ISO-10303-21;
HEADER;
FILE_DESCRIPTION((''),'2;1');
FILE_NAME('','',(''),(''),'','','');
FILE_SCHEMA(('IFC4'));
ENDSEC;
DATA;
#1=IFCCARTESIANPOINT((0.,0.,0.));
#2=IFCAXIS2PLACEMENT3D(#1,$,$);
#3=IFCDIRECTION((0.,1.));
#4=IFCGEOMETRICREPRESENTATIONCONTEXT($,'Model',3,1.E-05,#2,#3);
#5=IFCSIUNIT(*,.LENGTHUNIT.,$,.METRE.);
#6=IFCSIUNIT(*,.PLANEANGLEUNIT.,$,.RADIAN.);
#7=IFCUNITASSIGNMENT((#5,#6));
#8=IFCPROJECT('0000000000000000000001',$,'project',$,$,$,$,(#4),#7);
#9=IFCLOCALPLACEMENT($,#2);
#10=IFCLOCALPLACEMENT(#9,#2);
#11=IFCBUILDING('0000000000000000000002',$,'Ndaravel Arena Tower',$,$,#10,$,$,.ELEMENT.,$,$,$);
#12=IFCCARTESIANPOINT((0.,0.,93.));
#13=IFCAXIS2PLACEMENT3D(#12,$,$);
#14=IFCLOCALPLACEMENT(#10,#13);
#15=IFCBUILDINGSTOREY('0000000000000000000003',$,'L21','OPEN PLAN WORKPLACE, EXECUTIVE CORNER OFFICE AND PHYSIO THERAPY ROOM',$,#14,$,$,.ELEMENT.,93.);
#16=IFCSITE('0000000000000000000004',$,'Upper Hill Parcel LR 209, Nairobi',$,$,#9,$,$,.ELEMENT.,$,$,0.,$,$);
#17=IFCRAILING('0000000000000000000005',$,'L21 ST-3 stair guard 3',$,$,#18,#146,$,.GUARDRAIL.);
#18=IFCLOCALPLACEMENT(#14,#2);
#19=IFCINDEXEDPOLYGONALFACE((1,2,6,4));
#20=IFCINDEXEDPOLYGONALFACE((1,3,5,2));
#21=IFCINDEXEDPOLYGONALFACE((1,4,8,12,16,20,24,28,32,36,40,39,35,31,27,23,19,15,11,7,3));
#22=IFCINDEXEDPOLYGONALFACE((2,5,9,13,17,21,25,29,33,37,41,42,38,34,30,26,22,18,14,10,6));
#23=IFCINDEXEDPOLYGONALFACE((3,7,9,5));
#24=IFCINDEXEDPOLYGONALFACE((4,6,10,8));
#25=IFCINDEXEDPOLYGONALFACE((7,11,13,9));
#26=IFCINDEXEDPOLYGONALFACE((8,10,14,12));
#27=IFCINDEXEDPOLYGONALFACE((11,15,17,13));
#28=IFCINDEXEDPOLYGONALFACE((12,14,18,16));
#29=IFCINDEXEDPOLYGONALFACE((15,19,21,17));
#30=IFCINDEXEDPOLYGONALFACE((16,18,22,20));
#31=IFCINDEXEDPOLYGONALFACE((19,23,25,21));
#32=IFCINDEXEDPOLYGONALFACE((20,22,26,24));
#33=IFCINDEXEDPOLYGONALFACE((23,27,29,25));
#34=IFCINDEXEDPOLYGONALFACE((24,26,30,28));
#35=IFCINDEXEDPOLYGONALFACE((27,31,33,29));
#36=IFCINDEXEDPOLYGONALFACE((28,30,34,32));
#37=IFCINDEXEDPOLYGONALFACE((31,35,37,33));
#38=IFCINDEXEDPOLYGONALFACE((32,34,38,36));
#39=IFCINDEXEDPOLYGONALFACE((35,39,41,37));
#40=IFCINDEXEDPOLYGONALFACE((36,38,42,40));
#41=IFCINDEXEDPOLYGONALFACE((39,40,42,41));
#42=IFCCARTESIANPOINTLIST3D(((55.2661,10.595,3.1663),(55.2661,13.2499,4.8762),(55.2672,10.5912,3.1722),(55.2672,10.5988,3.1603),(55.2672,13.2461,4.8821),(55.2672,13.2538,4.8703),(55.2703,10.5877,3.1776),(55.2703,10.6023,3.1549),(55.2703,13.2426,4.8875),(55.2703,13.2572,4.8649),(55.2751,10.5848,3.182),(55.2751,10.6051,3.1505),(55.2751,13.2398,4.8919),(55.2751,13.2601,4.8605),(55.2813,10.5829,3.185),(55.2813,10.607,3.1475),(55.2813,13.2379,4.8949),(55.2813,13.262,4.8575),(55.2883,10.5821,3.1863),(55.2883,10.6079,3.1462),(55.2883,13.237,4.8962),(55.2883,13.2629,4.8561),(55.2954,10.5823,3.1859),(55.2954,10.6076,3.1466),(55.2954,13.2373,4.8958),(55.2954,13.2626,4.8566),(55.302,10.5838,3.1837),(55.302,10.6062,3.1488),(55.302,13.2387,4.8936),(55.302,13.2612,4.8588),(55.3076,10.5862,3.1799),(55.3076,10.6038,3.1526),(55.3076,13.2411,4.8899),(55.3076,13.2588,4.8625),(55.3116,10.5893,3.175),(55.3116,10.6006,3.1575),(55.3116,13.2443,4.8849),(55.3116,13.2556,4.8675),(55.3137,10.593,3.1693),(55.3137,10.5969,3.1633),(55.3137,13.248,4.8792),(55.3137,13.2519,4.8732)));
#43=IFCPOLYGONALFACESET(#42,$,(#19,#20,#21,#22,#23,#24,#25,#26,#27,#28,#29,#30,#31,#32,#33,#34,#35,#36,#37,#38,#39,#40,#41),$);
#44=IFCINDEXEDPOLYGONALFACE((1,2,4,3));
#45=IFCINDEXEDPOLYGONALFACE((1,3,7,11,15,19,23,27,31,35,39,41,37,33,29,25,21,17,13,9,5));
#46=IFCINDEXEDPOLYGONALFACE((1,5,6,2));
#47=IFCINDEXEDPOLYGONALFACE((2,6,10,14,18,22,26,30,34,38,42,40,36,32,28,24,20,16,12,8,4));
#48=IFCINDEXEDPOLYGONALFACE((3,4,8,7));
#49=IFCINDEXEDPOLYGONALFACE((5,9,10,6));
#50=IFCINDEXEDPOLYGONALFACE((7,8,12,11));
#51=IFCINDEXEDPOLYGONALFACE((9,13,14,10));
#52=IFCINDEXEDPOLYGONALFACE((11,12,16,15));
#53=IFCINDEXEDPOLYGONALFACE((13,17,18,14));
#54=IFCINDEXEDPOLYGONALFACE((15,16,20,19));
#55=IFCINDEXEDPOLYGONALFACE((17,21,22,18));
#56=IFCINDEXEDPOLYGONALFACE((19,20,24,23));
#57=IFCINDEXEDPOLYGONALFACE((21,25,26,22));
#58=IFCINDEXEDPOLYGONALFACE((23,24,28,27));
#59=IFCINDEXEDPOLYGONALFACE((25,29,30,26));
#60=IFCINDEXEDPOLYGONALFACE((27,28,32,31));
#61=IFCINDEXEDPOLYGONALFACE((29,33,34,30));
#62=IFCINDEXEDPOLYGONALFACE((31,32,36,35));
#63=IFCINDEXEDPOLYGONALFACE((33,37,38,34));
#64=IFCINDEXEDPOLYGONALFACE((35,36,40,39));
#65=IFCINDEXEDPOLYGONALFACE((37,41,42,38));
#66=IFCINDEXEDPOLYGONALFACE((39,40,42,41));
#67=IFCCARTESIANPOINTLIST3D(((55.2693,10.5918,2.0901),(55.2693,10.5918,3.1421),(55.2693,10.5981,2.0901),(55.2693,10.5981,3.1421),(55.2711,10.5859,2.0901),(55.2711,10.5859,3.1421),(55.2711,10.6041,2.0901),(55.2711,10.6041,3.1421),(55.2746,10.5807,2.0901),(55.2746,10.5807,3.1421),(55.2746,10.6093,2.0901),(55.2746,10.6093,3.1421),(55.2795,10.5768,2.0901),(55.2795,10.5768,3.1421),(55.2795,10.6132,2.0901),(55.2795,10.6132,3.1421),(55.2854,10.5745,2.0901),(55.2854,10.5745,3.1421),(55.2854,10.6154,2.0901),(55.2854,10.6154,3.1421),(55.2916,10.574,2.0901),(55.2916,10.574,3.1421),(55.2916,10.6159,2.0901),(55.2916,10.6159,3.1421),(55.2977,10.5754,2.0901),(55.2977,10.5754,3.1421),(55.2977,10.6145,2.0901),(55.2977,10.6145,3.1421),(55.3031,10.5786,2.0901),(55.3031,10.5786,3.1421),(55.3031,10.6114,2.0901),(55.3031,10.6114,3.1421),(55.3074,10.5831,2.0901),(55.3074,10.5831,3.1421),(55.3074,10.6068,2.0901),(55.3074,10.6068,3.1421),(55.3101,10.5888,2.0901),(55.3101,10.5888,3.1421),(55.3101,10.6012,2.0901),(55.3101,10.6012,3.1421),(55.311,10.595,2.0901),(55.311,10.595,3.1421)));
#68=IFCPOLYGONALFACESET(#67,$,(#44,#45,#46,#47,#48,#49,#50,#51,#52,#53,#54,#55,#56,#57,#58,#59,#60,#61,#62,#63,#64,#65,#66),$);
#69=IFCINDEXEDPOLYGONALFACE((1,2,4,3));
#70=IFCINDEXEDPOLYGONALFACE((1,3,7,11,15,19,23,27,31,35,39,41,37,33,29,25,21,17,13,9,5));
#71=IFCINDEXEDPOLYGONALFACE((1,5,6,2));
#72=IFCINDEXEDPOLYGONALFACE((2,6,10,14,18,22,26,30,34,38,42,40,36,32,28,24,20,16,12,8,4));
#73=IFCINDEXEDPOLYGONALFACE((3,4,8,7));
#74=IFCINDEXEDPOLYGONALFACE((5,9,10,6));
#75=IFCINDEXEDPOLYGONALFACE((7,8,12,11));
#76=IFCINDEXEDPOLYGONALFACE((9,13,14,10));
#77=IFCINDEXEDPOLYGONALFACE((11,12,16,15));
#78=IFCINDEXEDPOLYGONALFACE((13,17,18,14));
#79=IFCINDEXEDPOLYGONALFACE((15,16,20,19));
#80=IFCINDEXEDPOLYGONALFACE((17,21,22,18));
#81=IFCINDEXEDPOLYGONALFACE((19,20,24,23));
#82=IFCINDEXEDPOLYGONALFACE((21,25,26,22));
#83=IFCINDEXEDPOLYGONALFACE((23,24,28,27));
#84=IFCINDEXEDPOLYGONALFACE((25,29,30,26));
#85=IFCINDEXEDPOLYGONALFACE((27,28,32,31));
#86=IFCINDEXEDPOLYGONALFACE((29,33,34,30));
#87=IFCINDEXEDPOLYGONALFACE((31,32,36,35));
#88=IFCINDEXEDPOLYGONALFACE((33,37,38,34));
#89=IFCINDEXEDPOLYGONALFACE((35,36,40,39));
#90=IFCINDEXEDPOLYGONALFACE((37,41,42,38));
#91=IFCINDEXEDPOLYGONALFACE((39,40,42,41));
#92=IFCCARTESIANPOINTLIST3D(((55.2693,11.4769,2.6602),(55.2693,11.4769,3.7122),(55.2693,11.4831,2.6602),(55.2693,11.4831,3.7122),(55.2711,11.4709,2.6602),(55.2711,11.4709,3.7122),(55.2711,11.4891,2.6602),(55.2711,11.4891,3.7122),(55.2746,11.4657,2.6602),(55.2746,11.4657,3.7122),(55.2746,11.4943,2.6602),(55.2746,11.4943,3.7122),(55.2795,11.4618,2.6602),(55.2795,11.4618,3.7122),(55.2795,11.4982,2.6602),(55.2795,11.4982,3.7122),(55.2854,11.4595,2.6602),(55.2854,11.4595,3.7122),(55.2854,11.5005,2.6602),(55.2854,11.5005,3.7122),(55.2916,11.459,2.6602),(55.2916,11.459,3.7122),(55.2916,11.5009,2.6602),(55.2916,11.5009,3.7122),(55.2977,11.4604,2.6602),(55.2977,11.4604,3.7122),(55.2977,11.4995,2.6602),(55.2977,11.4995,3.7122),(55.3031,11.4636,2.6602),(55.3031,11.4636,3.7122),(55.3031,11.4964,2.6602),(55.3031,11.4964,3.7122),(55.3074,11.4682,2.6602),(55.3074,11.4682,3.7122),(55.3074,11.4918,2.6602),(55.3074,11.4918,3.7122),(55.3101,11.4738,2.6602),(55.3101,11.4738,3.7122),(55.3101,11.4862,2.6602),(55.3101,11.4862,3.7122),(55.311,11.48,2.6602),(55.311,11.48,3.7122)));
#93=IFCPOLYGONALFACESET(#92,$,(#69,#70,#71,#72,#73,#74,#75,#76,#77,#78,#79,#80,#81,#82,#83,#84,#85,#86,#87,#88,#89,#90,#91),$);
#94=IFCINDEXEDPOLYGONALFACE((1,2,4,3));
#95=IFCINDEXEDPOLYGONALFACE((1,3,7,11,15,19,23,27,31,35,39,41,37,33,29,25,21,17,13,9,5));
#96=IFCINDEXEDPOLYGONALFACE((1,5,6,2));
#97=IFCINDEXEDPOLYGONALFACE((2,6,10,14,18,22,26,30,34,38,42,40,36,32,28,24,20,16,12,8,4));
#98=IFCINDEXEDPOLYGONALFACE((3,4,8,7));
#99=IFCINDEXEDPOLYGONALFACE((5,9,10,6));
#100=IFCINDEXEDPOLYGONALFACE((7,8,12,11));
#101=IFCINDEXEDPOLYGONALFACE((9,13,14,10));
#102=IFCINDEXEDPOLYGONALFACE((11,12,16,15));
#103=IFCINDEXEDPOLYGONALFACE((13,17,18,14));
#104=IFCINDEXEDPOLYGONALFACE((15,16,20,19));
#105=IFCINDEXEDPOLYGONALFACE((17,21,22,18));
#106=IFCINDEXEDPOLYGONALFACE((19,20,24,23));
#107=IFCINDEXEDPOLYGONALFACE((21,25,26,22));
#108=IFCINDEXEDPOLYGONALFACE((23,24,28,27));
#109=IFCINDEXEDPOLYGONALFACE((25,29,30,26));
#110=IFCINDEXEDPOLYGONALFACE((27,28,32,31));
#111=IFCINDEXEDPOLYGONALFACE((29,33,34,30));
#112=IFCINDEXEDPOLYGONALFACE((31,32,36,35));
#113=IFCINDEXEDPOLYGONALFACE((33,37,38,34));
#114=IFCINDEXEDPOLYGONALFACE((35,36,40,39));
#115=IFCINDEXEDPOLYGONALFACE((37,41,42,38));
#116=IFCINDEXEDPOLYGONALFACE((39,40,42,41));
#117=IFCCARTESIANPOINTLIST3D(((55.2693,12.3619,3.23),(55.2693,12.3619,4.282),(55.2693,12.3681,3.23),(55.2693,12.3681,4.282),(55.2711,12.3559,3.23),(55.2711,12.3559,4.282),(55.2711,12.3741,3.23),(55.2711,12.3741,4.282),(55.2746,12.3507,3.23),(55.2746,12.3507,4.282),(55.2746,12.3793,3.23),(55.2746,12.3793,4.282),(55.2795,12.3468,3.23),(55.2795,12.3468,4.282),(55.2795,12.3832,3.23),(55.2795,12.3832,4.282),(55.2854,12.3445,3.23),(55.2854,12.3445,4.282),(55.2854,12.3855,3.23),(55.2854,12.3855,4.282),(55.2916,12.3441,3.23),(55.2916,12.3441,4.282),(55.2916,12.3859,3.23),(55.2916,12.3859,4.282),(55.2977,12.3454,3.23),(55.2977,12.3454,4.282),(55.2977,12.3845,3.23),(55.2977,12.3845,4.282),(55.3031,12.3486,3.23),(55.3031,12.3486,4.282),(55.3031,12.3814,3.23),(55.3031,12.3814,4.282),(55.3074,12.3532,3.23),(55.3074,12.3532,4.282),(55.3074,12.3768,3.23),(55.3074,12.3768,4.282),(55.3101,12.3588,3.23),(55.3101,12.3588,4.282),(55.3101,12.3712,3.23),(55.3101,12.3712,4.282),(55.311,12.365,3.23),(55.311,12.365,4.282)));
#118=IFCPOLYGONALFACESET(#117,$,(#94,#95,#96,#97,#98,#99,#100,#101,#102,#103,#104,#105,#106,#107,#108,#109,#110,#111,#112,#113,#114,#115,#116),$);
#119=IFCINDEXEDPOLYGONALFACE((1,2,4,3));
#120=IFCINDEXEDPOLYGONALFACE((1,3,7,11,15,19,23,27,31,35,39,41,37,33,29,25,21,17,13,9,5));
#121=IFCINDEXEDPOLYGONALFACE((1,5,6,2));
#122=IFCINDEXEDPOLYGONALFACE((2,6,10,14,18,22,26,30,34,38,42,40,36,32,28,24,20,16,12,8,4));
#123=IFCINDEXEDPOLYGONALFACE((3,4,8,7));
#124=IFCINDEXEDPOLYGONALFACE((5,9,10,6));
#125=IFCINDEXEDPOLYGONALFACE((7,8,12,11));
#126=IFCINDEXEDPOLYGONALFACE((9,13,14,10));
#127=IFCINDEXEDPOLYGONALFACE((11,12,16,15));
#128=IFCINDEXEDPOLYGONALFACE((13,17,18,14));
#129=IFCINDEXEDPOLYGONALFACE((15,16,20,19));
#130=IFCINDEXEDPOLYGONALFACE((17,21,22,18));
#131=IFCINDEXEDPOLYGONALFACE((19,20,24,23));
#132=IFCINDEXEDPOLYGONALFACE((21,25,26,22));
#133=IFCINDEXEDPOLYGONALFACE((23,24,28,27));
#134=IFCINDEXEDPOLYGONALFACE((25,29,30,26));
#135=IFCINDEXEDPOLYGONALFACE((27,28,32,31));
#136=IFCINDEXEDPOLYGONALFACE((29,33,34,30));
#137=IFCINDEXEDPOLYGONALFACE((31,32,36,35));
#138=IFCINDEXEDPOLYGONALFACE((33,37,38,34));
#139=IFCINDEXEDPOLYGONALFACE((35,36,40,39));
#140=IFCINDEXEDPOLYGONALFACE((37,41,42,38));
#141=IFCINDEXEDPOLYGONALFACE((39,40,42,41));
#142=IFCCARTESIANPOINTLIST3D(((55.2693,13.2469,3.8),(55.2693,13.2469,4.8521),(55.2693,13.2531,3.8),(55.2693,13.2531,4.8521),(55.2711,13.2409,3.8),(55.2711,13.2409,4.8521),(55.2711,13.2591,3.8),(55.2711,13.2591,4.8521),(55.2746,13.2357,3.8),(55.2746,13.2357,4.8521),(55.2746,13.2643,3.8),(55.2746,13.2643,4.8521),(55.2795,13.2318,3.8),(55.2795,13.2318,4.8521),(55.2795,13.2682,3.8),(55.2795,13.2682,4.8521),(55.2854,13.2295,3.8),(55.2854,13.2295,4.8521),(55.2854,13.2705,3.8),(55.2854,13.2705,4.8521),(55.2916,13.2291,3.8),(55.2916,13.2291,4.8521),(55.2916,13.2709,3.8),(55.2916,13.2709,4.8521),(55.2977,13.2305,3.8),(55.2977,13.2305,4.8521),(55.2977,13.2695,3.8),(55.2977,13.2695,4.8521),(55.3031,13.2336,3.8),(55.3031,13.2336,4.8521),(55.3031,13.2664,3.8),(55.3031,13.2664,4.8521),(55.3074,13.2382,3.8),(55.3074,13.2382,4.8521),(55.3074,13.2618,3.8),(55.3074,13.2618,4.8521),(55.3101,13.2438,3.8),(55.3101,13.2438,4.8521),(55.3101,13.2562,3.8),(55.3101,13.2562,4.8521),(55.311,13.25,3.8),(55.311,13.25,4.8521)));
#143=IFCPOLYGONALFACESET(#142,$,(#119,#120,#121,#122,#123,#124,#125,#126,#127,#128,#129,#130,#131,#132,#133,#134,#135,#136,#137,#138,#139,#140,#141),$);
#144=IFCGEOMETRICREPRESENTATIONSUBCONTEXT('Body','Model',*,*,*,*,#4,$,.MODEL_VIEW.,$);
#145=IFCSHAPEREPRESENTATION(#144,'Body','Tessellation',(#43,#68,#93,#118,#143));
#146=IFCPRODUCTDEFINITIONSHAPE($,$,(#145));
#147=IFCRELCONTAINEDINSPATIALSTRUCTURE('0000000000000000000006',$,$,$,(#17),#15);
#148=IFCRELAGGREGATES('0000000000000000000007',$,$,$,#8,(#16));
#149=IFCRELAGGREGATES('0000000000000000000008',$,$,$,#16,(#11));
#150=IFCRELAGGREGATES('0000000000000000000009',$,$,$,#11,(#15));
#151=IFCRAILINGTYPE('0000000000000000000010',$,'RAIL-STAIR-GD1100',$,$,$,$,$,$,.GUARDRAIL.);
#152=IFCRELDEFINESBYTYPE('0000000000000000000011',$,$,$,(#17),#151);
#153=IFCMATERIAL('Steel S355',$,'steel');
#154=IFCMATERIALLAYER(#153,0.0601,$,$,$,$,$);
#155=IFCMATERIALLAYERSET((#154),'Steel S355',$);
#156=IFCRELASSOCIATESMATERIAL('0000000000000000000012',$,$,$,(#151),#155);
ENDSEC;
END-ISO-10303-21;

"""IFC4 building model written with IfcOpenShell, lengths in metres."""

from ifc_helpers import new_model, si_unit, direction, frame, origin, origin_2d, place, context, subcontext, project, spatial, circle, extrude, material, layer, layer_set, type_object, element, save


model = new_model("IFC4")

# Units and contexts
model_context = context("Model", 3, precision=1e-05, world=origin(), true_north=direction((0.0, 1.0)))
body_context = subcontext(model_context, "Body", "Model", "MODEL_VIEW")
ifc_project = project(units=[si_unit("LENGTHUNIT", "METRE"), si_unit("PLANEANGLEUNIT", "RADIAN")], contexts=[model_context])

# Site, building, storey
site_placement = place(None, origin())
site = spatial("IfcSite", under=ifc_project, at=site_placement, Name="Upper Hill Parcel LR 209, Nairobi", CompositionType="ELEMENT", RefElevation=0.0)
building_placement = place(site_placement, origin())
building = spatial("IfcBuilding", under=site, at=building_placement, Name="Ndaravel Arena Tower", CompositionType="ELEMENT")
storey_placement = place(building_placement, frame((0.0, 0.0, 93.0)))
storey = spatial("IfcBuildingStorey", under=building, at=storey_placement, Name="L21", Description="OPEN PLAN WORKPLACE, EXECUTIVE CORNER OFFICE AND PHYSIO THERAPY ROOM", CompositionType="ELEMENT", Elevation=93.0)

# Railing
ifc_material_1 = material(Name="Steel S355", Category="steel")
ifc_layer_1 = layer(ifc_material_1, 0.0601)
ifc_layer_set_1 = layer_set([ifc_layer_1], Name="Steel S355")
railing_type_1 = type_object("IfcRailingType", Name="RAIL-STAIR-GD1100", PredefinedType="GUARDRAIL", material=ifc_layer_set_1)
railing_1_placement = place(storey_placement, frame((55.29, 10.595, 2.0901)))
element("IfcRailing", 1, at=railing_1_placement, inside=storey, type_object=railing_type_1, Name="L21 ST-3 stair guard 3", PredefinedType="GUARDRAIL", context=body_context, shape_type="SweptSolid", body=[
    extrude(circle(Radius=0.0239, at=origin_2d()), frame((0.0, 0.0, 1.0762), z_axis=(0.0, 0.840724, 0.541465), x_axis=(-1.0, 0.0, 0.0)), (0.0, 0.0, 1.0), 3.158),
    extrude(circle(Radius=0.021, at=origin_2d()), origin(), (0.0, 0.0, 1.0), 1.052),
    extrude(circle(Radius=0.021, at=origin_2d()), frame((0.0, 0.885, 0.5701)), (0.0, 0.0, 1.0), 1.052),
    extrude(circle(Radius=0.021, at=origin_2d()), frame((0.0, 1.77, 1.1399)), (0.0, 0.0, 1.0), 1.052),
    extrude(circle(Radius=0.021, at=origin_2d()), frame((0.0, 2.655, 1.71)), (0.0, 0.0, 1.0), 1.052),
])

save(model, "model.ifc")
